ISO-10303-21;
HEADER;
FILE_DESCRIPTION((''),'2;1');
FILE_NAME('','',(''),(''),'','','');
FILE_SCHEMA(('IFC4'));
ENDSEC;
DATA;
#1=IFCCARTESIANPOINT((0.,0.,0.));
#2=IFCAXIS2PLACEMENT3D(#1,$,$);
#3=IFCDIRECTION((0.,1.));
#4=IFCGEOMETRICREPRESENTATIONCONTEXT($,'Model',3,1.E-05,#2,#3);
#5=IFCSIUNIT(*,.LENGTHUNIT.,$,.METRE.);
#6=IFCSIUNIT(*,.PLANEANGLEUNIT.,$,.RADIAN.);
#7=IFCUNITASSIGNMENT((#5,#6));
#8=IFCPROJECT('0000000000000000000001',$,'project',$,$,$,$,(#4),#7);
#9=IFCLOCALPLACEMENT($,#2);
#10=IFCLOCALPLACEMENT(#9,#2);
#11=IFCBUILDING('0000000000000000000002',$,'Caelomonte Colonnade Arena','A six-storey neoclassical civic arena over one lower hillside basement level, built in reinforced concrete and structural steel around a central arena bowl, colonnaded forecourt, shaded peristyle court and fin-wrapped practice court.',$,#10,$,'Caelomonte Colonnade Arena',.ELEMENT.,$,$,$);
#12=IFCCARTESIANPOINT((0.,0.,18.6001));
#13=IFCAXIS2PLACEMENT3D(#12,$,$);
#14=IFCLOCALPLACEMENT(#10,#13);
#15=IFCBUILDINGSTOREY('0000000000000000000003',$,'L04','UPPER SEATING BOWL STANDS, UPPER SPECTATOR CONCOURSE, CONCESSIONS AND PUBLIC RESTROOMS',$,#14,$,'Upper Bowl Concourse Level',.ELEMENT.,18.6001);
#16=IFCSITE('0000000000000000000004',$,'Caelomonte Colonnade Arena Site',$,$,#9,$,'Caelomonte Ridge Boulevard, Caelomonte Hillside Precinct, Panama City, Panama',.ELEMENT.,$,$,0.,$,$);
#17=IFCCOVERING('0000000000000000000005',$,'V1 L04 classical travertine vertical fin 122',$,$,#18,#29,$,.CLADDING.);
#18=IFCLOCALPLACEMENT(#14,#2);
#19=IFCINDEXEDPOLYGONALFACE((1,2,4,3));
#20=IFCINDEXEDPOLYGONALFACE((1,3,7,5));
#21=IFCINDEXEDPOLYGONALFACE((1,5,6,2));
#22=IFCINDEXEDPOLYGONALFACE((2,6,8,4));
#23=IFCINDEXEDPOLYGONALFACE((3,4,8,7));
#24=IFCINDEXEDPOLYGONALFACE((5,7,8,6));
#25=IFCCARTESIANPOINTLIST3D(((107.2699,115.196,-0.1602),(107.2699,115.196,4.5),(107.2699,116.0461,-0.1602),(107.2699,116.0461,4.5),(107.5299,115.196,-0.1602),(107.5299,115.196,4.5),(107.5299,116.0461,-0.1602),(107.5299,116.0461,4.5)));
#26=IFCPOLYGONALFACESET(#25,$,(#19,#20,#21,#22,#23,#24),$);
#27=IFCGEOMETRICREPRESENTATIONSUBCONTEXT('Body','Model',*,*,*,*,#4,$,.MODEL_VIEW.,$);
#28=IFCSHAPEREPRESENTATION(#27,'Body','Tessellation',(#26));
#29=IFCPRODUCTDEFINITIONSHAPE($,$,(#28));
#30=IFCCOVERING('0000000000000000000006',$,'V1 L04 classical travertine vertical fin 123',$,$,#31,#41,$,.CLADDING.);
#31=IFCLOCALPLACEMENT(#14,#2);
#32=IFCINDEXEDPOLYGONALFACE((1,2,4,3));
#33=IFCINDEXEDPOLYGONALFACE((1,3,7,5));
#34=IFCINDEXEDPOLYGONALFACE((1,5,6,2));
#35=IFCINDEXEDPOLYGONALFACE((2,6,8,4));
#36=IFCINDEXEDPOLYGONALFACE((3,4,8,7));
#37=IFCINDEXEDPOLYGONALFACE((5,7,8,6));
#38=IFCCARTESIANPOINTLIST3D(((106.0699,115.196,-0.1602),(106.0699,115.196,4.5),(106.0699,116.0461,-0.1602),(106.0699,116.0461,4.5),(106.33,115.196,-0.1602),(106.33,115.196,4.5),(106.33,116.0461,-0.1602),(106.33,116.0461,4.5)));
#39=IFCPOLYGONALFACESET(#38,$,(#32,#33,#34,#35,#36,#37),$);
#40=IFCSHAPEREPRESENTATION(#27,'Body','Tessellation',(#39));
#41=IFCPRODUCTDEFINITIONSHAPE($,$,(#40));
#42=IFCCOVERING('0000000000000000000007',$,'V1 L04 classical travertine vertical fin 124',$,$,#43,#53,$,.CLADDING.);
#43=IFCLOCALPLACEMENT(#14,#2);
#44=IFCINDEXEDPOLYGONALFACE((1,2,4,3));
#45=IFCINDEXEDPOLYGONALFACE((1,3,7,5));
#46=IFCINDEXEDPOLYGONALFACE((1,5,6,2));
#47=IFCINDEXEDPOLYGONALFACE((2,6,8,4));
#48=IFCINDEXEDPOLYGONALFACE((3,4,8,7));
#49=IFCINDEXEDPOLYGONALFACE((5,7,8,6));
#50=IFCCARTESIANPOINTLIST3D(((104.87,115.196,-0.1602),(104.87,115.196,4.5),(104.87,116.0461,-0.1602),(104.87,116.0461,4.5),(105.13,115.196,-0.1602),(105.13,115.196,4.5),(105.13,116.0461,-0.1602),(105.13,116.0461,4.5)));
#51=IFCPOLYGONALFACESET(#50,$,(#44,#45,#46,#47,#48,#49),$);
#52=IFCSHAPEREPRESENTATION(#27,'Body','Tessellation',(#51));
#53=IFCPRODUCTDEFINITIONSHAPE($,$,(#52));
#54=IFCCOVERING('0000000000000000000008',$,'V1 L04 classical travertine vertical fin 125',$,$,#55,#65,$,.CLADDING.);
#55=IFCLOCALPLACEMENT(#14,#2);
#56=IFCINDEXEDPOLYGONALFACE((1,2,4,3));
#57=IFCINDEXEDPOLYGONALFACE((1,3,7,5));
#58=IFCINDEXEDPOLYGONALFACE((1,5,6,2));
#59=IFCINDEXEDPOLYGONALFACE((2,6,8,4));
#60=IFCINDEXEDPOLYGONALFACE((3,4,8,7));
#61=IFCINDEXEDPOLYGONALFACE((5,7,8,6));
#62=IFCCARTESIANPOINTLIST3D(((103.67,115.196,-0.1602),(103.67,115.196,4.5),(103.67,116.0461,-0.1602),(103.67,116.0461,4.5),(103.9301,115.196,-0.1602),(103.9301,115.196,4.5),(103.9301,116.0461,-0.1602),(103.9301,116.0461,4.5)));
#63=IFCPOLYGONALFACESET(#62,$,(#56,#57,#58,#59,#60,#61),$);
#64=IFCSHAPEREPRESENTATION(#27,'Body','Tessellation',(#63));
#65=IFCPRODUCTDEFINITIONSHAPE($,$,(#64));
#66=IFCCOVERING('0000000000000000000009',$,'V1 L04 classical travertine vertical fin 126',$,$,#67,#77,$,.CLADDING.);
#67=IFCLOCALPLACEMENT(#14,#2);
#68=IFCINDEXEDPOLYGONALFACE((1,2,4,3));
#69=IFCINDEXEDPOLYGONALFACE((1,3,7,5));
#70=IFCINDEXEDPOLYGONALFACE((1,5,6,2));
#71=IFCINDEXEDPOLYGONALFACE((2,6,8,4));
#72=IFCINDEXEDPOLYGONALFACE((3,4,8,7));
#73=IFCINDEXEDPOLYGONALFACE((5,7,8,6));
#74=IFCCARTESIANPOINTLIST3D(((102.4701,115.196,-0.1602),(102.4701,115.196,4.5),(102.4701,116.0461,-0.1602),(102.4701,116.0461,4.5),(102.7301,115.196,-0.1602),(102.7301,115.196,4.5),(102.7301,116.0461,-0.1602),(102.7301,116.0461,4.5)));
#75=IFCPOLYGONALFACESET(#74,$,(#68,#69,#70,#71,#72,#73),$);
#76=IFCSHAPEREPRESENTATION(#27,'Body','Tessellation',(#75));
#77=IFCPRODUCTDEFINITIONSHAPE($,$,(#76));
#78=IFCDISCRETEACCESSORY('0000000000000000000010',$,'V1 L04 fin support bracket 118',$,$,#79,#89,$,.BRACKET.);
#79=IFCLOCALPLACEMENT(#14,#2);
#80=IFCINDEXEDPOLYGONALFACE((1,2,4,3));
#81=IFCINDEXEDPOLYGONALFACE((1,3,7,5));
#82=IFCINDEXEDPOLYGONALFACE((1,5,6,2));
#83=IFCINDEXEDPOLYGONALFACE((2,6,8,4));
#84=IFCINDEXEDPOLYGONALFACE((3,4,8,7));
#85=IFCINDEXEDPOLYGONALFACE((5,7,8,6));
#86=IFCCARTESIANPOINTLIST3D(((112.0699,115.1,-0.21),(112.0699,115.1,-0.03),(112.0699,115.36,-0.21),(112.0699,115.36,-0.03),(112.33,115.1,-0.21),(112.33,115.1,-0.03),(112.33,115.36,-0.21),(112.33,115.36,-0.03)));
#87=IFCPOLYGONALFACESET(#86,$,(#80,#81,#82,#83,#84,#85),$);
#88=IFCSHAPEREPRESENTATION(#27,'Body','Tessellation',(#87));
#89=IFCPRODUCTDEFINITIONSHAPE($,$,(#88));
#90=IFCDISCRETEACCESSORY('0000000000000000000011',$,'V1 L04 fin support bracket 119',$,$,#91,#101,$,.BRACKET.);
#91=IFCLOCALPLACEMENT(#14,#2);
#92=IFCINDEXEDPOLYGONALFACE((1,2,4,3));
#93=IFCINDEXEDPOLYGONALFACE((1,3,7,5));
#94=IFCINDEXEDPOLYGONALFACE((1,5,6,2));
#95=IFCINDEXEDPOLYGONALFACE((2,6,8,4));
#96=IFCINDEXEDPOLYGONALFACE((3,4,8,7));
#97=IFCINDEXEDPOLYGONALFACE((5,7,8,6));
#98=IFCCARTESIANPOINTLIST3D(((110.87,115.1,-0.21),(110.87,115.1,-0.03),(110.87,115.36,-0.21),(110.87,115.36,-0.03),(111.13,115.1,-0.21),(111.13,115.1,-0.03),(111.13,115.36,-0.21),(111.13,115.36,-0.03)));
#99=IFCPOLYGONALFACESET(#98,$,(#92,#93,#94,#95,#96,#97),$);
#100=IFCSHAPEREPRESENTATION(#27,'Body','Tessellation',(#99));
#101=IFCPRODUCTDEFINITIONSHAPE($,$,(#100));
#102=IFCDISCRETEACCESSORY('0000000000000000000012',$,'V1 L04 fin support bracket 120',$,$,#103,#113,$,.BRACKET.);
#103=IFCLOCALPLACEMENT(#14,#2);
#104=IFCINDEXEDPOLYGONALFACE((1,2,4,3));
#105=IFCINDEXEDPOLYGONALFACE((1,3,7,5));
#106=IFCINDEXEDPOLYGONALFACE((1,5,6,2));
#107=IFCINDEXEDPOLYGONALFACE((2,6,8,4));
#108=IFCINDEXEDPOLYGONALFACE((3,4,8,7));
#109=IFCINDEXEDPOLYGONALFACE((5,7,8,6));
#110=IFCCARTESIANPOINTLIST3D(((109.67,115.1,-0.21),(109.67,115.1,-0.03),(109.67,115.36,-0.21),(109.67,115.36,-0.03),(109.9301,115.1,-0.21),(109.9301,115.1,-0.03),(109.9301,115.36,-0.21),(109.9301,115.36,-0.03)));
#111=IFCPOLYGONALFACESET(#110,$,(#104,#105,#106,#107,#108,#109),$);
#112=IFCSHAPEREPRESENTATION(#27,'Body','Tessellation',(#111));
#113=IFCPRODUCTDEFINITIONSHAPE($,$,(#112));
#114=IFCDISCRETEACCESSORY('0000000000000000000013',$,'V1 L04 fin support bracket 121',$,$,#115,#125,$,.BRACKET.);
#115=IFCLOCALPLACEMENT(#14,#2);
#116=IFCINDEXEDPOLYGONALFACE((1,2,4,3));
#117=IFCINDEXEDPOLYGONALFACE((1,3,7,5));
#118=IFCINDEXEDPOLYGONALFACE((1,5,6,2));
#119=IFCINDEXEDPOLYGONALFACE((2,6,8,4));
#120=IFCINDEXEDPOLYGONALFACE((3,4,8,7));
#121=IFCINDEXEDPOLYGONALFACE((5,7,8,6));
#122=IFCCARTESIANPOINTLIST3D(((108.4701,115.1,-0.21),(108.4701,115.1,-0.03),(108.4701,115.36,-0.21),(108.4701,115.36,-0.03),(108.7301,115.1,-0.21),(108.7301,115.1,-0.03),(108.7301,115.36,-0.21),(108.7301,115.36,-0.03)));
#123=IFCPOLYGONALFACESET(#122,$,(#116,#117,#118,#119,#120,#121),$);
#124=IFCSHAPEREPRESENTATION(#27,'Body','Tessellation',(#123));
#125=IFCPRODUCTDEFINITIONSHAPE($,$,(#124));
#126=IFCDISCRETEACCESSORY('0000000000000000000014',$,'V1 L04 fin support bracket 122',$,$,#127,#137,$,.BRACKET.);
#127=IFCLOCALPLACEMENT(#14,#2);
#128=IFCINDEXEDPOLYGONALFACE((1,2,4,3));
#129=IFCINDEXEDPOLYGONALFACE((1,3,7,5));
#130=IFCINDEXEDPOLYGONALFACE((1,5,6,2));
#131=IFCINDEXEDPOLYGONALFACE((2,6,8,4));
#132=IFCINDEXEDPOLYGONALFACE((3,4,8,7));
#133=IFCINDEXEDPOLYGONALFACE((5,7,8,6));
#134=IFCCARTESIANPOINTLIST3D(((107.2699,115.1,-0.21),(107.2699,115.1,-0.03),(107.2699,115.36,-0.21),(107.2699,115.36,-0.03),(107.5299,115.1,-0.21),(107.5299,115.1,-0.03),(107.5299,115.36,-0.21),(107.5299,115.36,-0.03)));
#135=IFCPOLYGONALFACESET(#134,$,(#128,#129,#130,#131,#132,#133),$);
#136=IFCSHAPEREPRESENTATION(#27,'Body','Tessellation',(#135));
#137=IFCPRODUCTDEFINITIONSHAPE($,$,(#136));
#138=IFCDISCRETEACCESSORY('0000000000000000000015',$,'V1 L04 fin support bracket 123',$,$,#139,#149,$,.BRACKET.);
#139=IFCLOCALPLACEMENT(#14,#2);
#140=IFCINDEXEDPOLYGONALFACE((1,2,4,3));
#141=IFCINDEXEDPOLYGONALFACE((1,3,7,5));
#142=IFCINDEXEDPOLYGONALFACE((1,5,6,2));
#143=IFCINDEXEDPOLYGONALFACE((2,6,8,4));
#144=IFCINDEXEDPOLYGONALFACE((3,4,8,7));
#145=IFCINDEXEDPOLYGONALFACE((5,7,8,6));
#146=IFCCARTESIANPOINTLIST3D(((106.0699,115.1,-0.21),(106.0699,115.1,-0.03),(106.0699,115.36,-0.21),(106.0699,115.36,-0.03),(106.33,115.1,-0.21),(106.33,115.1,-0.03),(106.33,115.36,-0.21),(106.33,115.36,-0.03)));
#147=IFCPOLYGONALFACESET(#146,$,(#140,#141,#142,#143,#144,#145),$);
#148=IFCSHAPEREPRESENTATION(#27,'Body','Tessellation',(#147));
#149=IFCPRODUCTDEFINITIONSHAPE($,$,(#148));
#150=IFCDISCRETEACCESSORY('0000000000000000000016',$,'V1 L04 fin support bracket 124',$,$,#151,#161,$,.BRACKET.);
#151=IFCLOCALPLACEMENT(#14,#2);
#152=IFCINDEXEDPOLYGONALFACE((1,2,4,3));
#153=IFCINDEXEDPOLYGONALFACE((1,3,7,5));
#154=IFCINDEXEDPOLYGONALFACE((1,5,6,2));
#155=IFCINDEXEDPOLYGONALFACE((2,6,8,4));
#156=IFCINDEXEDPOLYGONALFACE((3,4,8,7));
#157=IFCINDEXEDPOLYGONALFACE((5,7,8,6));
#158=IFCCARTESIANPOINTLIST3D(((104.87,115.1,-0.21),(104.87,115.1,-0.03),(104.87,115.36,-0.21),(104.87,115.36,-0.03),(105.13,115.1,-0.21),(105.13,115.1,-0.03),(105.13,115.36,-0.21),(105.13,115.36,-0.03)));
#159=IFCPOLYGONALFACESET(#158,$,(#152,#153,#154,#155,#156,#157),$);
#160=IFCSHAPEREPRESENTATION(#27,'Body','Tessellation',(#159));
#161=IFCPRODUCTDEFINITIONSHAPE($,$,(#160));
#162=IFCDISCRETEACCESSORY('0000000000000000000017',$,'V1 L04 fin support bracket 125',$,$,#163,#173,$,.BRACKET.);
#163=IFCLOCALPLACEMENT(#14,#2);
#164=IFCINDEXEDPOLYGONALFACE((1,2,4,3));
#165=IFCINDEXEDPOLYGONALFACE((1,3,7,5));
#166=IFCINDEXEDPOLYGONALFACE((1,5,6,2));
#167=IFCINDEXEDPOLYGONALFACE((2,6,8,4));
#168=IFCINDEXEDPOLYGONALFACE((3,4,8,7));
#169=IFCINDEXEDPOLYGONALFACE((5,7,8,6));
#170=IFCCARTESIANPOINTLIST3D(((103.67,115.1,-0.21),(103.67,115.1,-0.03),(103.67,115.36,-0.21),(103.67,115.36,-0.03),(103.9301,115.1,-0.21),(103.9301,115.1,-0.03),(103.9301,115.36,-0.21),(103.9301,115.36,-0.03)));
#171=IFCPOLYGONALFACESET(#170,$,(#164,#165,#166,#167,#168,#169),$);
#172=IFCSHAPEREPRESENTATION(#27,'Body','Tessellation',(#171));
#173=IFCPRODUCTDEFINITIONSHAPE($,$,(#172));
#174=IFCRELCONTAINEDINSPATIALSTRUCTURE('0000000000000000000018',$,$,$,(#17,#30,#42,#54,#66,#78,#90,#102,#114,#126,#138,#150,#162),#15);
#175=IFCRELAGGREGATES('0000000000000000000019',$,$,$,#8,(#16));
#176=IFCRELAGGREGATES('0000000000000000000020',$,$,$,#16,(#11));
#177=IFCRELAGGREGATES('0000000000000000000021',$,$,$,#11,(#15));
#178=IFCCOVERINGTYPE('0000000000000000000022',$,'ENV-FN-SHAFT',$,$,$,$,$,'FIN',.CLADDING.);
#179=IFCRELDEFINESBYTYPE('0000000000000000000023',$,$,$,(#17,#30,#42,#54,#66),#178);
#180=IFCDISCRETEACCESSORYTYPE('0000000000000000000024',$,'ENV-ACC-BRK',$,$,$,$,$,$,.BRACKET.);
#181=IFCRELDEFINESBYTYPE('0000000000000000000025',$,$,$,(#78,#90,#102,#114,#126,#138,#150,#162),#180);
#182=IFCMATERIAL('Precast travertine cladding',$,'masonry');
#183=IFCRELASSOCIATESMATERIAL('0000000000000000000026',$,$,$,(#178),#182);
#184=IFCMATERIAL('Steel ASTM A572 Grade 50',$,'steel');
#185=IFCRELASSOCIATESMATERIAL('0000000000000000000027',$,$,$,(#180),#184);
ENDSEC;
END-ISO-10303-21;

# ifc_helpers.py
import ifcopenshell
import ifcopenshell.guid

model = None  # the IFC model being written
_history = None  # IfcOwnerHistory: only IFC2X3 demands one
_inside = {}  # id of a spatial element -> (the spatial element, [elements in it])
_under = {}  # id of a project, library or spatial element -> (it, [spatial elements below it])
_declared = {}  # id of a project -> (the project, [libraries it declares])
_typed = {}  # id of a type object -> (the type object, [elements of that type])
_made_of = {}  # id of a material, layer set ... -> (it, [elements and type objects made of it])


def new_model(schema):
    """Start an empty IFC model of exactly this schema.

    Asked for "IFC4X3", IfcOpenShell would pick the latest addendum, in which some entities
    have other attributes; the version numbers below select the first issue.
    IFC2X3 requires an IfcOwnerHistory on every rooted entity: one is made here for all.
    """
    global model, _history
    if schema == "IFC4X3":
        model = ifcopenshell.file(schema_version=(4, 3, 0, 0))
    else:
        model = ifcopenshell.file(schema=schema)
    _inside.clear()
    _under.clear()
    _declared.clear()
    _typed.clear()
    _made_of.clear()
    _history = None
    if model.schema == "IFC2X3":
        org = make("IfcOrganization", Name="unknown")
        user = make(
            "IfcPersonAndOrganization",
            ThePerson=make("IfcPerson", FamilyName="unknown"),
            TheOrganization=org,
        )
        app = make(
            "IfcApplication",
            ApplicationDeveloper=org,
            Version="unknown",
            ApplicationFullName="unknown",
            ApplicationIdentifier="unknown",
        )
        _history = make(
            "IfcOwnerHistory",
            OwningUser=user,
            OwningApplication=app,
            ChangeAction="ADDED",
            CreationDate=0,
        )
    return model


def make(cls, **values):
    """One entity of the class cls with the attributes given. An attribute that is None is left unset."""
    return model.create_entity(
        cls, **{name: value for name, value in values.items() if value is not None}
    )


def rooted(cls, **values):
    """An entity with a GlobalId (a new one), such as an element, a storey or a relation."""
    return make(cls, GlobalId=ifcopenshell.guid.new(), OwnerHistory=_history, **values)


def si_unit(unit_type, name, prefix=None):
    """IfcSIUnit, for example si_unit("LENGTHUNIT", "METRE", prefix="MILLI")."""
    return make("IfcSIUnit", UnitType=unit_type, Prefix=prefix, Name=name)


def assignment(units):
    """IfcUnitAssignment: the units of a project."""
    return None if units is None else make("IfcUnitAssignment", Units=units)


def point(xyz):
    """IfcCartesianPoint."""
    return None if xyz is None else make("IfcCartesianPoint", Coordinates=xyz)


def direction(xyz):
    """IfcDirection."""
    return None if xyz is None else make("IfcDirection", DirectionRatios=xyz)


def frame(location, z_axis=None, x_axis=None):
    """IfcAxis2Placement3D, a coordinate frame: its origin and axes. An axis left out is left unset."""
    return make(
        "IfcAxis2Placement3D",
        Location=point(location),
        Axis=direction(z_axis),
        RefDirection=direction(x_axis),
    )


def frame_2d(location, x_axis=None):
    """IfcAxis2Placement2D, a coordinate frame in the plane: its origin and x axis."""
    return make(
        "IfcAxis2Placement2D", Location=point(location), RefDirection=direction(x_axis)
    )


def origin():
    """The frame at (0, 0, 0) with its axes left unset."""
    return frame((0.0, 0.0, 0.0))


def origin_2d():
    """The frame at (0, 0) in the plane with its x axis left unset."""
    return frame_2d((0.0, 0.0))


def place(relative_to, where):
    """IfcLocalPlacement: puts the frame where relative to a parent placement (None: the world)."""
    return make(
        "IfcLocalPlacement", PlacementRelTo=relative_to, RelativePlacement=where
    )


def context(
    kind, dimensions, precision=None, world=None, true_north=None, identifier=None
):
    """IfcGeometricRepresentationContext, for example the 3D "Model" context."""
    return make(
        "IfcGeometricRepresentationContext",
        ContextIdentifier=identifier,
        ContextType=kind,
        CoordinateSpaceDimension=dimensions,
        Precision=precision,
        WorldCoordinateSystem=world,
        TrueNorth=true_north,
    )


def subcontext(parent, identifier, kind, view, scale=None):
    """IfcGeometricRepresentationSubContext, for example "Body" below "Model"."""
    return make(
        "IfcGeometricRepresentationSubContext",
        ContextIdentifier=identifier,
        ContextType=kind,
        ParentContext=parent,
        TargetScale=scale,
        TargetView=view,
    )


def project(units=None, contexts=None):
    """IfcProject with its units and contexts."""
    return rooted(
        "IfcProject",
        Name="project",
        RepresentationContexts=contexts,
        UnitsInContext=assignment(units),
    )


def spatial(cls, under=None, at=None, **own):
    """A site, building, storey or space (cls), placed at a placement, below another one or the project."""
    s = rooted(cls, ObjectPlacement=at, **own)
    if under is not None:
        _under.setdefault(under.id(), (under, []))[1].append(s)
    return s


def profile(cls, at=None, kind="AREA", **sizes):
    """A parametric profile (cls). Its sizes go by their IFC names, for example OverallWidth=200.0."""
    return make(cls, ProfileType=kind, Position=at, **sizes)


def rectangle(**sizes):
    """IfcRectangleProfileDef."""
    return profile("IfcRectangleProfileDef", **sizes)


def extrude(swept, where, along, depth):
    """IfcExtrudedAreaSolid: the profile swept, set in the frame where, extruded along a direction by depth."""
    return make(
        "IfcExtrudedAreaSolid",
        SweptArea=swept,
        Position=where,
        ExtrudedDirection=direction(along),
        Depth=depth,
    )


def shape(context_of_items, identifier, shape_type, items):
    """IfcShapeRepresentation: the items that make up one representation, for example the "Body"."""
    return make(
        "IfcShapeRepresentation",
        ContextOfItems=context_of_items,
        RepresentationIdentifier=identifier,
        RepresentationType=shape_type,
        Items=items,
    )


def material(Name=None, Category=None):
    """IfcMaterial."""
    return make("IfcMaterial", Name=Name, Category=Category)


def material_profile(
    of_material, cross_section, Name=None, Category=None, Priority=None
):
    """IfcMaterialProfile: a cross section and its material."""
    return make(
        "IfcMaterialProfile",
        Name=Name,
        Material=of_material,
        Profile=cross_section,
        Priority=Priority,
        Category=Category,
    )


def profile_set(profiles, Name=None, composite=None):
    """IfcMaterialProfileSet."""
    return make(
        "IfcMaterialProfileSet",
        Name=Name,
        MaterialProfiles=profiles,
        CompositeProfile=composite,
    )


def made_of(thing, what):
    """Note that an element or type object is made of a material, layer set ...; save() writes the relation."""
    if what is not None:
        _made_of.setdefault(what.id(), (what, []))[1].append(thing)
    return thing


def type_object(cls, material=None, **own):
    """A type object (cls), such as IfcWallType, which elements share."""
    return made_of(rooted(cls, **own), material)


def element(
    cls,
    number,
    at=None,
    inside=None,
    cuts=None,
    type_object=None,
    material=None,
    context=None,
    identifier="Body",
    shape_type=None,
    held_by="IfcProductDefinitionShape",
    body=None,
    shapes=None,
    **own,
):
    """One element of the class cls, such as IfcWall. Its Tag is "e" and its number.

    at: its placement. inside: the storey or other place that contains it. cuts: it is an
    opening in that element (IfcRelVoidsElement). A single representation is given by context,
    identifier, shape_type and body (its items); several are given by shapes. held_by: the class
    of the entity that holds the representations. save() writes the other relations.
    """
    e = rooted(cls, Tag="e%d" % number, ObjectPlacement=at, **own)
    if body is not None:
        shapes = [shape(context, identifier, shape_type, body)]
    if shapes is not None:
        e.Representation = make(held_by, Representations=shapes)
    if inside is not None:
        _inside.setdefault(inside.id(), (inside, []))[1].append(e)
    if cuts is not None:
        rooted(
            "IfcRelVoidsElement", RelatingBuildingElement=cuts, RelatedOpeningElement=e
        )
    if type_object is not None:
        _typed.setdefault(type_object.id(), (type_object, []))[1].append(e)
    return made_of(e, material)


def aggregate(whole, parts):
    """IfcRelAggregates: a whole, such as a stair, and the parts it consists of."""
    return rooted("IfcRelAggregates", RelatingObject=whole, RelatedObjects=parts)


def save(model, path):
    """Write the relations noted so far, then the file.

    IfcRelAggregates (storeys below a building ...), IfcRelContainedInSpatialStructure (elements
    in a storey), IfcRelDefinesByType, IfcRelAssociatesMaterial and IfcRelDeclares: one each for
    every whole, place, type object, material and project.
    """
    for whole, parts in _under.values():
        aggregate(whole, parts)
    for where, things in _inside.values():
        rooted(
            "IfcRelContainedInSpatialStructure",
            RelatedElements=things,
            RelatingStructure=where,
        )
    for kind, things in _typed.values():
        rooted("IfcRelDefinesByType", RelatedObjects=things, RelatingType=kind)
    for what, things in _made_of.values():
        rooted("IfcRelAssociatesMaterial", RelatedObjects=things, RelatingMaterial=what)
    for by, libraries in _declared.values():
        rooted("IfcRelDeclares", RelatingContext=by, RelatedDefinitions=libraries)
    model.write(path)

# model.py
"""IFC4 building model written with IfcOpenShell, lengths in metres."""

from ifc_helpers import new_model, si_unit, direction, frame, origin, origin_2d, place, context, subcontext, project, spatial, rectangle, extrude, material, material_profile, profile_set, type_object, element, save


model = new_model("IFC4")

# Units and contexts
model_context = context("Model", 3, precision=1e-05, world=origin(), true_north=direction((0.0, 1.0)))
body_context = subcontext(model_context, "Body", "Model", "MODEL_VIEW")
ifc_project = project(units=[si_unit("LENGTHUNIT", "METRE"), si_unit("PLANEANGLEUNIT", "RADIAN")], contexts=[model_context])

# Site, building, storey
site_placement = place(None, origin())
site = spatial("IfcSite", under=ifc_project, at=site_placement, Name="Caelomonte Colonnade Arena Site", LongName="Caelomonte Ridge Boulevard, Caelomonte Hillside Precinct, Panama City, Panama", CompositionType="ELEMENT", RefElevation=0.0)
building_placement = place(site_placement, origin())
building = spatial("IfcBuilding", under=site, at=building_placement, Name="Caelomonte Colonnade Arena", Description="A six-storey neoclassical civic arena over one lower hillside basement level, built in reinforced concrete and structural steel around a central arena bowl, colonnaded forecourt, shaded peristyle court and fin-wrapped practice court.", LongName="Caelomonte Colonnade Arena", CompositionType="ELEMENT")
storey_placement = place(building_placement, frame((0.0, 0.0, 18.6001)))
storey = spatial("IfcBuildingStorey", under=building, at=storey_placement, Name="L04", Description="UPPER SEATING BOWL STANDS, UPPER SPECTATOR CONCOURSE, CONCESSIONS AND PUBLIC RESTROOMS", LongName="Upper Bowl Concourse Level", CompositionType="ELEMENT", Elevation=18.6001)

# Coverings
ifc_material_1 = material(Name="Precast travertine cladding", Category="masonry")
ifc_material_profile_1 = material_profile(ifc_material_1, rectangle(XDim=0.26, YDim=0.8501, at=origin_2d()), Name="FIN260X850")
ifc_profile_set_1 = profile_set([ifc_material_profile_1], Name="Precast travertine cladding")
covering_type = type_object("IfcCoveringType", Name="ENV-FN-SHAFT", ElementType="FIN", PredefinedType="CLADDING", material=ifc_profile_set_1)
for number, where, z_axis, x_axis, name in (
    (1, (107.3999, 115.6211, -0.1602), (0.0, 0.0, 1.0), (1.0, 0.0, 0.0), "V1 L04 classical travertine vertical fin 122"),
    (2, (106.2, 115.6211, -0.1602), (0.0, 0.0, 1.0), (1.0, 0.0, 0.0), "V1 L04 classical travertine vertical fin 123"),
    (3, (105.0, 115.6211, -0.1602), (0.0, 0.0, 1.0), (1.0, 0.0, 0.0), "V1 L04 classical travertine vertical fin 124"),
    (4, (103.8, 115.6211, -0.1602), (0.0, 0.0, 1.0), (1.0, 0.0, 0.0), "V1 L04 classical travertine vertical fin 125"),
    (5, (102.6001, 115.6211, -0.1602), (0.0, 0.0, 1.0), (1.0, 0.0, 0.0), "V1 L04 classical travertine vertical fin 126"),
):
    element("IfcCovering", number, at=place(storey_placement, frame(where, z_axis=z_axis, x_axis=x_axis)), inside=storey, type_object=covering_type, Name=name, PredefinedType="CLADDING", context=body_context, shape_type="SweptSolid", body=[
        extrude(rectangle(XDim=0.26, YDim=0.8501, at=origin_2d()), origin(), (0.0, 0.0, 1.0), 4.6602),
    ])

# Discrete accessories
ifc_material_2 = material(Name="Steel ASTM A572 Grade 50", Category="steel")
discrete_accessory_type = type_object("IfcDiscreteAccessoryType", Name="ENV-ACC-BRK", PredefinedType="BRACKET", material=ifc_material_2)
for number, where, z_axis, x_axis, name in (
    (6, (112.2, 115.23, -0.21), (0.0, 0.0, 1.0), (-1.0, 0.0, 0.0), "V1 L04 fin support bracket 118"),
    (7, (111.0, 115.23, -0.21), (0.0, 0.0, 1.0), (-1.0, 0.0, 0.0), "V1 L04 fin support bracket 119"),
    (8, (109.8, 115.23, -0.21), (0.0, 0.0, 1.0), (-1.0, 0.0, 0.0), "V1 L04 fin support bracket 120"),
    (9, (108.6001, 115.23, -0.21), (0.0, 0.0, 1.0), (-1.0, 0.0, 0.0), "V1 L04 fin support bracket 121"),
    (10, (107.3999, 115.23, -0.21), (0.0, 0.0, 1.0), (-1.0, 0.0, 0.0), "V1 L04 fin support bracket 122"),
    (11, (106.2, 115.23, -0.21), (0.0, 0.0, 1.0), (-1.0, 0.0, 0.0), "V1 L04 fin support bracket 123"),
    (12, (105.0, 115.23, -0.21), (0.0, 0.0, 1.0), (-1.0, 0.0, 0.0), "V1 L04 fin support bracket 124"),
    (13, (103.8, 115.23, -0.21), (0.0, 0.0, 1.0), (-1.0, 0.0, 0.0), "V1 L04 fin support bracket 125"),
):
    element("IfcDiscreteAccessory", number, at=place(storey_placement, frame(where, z_axis=z_axis, x_axis=x_axis)), inside=storey, type_object=discrete_accessory_type, Name=name, PredefinedType="BRACKET", context=body_context, shape_type="SweptSolid", body=[
        extrude(rectangle(XDim=0.26, YDim=0.26, at=origin_2d()), origin(), (0.0, 0.0, 1.0), 0.1799),
    ])

save(model, "model.ifc")
